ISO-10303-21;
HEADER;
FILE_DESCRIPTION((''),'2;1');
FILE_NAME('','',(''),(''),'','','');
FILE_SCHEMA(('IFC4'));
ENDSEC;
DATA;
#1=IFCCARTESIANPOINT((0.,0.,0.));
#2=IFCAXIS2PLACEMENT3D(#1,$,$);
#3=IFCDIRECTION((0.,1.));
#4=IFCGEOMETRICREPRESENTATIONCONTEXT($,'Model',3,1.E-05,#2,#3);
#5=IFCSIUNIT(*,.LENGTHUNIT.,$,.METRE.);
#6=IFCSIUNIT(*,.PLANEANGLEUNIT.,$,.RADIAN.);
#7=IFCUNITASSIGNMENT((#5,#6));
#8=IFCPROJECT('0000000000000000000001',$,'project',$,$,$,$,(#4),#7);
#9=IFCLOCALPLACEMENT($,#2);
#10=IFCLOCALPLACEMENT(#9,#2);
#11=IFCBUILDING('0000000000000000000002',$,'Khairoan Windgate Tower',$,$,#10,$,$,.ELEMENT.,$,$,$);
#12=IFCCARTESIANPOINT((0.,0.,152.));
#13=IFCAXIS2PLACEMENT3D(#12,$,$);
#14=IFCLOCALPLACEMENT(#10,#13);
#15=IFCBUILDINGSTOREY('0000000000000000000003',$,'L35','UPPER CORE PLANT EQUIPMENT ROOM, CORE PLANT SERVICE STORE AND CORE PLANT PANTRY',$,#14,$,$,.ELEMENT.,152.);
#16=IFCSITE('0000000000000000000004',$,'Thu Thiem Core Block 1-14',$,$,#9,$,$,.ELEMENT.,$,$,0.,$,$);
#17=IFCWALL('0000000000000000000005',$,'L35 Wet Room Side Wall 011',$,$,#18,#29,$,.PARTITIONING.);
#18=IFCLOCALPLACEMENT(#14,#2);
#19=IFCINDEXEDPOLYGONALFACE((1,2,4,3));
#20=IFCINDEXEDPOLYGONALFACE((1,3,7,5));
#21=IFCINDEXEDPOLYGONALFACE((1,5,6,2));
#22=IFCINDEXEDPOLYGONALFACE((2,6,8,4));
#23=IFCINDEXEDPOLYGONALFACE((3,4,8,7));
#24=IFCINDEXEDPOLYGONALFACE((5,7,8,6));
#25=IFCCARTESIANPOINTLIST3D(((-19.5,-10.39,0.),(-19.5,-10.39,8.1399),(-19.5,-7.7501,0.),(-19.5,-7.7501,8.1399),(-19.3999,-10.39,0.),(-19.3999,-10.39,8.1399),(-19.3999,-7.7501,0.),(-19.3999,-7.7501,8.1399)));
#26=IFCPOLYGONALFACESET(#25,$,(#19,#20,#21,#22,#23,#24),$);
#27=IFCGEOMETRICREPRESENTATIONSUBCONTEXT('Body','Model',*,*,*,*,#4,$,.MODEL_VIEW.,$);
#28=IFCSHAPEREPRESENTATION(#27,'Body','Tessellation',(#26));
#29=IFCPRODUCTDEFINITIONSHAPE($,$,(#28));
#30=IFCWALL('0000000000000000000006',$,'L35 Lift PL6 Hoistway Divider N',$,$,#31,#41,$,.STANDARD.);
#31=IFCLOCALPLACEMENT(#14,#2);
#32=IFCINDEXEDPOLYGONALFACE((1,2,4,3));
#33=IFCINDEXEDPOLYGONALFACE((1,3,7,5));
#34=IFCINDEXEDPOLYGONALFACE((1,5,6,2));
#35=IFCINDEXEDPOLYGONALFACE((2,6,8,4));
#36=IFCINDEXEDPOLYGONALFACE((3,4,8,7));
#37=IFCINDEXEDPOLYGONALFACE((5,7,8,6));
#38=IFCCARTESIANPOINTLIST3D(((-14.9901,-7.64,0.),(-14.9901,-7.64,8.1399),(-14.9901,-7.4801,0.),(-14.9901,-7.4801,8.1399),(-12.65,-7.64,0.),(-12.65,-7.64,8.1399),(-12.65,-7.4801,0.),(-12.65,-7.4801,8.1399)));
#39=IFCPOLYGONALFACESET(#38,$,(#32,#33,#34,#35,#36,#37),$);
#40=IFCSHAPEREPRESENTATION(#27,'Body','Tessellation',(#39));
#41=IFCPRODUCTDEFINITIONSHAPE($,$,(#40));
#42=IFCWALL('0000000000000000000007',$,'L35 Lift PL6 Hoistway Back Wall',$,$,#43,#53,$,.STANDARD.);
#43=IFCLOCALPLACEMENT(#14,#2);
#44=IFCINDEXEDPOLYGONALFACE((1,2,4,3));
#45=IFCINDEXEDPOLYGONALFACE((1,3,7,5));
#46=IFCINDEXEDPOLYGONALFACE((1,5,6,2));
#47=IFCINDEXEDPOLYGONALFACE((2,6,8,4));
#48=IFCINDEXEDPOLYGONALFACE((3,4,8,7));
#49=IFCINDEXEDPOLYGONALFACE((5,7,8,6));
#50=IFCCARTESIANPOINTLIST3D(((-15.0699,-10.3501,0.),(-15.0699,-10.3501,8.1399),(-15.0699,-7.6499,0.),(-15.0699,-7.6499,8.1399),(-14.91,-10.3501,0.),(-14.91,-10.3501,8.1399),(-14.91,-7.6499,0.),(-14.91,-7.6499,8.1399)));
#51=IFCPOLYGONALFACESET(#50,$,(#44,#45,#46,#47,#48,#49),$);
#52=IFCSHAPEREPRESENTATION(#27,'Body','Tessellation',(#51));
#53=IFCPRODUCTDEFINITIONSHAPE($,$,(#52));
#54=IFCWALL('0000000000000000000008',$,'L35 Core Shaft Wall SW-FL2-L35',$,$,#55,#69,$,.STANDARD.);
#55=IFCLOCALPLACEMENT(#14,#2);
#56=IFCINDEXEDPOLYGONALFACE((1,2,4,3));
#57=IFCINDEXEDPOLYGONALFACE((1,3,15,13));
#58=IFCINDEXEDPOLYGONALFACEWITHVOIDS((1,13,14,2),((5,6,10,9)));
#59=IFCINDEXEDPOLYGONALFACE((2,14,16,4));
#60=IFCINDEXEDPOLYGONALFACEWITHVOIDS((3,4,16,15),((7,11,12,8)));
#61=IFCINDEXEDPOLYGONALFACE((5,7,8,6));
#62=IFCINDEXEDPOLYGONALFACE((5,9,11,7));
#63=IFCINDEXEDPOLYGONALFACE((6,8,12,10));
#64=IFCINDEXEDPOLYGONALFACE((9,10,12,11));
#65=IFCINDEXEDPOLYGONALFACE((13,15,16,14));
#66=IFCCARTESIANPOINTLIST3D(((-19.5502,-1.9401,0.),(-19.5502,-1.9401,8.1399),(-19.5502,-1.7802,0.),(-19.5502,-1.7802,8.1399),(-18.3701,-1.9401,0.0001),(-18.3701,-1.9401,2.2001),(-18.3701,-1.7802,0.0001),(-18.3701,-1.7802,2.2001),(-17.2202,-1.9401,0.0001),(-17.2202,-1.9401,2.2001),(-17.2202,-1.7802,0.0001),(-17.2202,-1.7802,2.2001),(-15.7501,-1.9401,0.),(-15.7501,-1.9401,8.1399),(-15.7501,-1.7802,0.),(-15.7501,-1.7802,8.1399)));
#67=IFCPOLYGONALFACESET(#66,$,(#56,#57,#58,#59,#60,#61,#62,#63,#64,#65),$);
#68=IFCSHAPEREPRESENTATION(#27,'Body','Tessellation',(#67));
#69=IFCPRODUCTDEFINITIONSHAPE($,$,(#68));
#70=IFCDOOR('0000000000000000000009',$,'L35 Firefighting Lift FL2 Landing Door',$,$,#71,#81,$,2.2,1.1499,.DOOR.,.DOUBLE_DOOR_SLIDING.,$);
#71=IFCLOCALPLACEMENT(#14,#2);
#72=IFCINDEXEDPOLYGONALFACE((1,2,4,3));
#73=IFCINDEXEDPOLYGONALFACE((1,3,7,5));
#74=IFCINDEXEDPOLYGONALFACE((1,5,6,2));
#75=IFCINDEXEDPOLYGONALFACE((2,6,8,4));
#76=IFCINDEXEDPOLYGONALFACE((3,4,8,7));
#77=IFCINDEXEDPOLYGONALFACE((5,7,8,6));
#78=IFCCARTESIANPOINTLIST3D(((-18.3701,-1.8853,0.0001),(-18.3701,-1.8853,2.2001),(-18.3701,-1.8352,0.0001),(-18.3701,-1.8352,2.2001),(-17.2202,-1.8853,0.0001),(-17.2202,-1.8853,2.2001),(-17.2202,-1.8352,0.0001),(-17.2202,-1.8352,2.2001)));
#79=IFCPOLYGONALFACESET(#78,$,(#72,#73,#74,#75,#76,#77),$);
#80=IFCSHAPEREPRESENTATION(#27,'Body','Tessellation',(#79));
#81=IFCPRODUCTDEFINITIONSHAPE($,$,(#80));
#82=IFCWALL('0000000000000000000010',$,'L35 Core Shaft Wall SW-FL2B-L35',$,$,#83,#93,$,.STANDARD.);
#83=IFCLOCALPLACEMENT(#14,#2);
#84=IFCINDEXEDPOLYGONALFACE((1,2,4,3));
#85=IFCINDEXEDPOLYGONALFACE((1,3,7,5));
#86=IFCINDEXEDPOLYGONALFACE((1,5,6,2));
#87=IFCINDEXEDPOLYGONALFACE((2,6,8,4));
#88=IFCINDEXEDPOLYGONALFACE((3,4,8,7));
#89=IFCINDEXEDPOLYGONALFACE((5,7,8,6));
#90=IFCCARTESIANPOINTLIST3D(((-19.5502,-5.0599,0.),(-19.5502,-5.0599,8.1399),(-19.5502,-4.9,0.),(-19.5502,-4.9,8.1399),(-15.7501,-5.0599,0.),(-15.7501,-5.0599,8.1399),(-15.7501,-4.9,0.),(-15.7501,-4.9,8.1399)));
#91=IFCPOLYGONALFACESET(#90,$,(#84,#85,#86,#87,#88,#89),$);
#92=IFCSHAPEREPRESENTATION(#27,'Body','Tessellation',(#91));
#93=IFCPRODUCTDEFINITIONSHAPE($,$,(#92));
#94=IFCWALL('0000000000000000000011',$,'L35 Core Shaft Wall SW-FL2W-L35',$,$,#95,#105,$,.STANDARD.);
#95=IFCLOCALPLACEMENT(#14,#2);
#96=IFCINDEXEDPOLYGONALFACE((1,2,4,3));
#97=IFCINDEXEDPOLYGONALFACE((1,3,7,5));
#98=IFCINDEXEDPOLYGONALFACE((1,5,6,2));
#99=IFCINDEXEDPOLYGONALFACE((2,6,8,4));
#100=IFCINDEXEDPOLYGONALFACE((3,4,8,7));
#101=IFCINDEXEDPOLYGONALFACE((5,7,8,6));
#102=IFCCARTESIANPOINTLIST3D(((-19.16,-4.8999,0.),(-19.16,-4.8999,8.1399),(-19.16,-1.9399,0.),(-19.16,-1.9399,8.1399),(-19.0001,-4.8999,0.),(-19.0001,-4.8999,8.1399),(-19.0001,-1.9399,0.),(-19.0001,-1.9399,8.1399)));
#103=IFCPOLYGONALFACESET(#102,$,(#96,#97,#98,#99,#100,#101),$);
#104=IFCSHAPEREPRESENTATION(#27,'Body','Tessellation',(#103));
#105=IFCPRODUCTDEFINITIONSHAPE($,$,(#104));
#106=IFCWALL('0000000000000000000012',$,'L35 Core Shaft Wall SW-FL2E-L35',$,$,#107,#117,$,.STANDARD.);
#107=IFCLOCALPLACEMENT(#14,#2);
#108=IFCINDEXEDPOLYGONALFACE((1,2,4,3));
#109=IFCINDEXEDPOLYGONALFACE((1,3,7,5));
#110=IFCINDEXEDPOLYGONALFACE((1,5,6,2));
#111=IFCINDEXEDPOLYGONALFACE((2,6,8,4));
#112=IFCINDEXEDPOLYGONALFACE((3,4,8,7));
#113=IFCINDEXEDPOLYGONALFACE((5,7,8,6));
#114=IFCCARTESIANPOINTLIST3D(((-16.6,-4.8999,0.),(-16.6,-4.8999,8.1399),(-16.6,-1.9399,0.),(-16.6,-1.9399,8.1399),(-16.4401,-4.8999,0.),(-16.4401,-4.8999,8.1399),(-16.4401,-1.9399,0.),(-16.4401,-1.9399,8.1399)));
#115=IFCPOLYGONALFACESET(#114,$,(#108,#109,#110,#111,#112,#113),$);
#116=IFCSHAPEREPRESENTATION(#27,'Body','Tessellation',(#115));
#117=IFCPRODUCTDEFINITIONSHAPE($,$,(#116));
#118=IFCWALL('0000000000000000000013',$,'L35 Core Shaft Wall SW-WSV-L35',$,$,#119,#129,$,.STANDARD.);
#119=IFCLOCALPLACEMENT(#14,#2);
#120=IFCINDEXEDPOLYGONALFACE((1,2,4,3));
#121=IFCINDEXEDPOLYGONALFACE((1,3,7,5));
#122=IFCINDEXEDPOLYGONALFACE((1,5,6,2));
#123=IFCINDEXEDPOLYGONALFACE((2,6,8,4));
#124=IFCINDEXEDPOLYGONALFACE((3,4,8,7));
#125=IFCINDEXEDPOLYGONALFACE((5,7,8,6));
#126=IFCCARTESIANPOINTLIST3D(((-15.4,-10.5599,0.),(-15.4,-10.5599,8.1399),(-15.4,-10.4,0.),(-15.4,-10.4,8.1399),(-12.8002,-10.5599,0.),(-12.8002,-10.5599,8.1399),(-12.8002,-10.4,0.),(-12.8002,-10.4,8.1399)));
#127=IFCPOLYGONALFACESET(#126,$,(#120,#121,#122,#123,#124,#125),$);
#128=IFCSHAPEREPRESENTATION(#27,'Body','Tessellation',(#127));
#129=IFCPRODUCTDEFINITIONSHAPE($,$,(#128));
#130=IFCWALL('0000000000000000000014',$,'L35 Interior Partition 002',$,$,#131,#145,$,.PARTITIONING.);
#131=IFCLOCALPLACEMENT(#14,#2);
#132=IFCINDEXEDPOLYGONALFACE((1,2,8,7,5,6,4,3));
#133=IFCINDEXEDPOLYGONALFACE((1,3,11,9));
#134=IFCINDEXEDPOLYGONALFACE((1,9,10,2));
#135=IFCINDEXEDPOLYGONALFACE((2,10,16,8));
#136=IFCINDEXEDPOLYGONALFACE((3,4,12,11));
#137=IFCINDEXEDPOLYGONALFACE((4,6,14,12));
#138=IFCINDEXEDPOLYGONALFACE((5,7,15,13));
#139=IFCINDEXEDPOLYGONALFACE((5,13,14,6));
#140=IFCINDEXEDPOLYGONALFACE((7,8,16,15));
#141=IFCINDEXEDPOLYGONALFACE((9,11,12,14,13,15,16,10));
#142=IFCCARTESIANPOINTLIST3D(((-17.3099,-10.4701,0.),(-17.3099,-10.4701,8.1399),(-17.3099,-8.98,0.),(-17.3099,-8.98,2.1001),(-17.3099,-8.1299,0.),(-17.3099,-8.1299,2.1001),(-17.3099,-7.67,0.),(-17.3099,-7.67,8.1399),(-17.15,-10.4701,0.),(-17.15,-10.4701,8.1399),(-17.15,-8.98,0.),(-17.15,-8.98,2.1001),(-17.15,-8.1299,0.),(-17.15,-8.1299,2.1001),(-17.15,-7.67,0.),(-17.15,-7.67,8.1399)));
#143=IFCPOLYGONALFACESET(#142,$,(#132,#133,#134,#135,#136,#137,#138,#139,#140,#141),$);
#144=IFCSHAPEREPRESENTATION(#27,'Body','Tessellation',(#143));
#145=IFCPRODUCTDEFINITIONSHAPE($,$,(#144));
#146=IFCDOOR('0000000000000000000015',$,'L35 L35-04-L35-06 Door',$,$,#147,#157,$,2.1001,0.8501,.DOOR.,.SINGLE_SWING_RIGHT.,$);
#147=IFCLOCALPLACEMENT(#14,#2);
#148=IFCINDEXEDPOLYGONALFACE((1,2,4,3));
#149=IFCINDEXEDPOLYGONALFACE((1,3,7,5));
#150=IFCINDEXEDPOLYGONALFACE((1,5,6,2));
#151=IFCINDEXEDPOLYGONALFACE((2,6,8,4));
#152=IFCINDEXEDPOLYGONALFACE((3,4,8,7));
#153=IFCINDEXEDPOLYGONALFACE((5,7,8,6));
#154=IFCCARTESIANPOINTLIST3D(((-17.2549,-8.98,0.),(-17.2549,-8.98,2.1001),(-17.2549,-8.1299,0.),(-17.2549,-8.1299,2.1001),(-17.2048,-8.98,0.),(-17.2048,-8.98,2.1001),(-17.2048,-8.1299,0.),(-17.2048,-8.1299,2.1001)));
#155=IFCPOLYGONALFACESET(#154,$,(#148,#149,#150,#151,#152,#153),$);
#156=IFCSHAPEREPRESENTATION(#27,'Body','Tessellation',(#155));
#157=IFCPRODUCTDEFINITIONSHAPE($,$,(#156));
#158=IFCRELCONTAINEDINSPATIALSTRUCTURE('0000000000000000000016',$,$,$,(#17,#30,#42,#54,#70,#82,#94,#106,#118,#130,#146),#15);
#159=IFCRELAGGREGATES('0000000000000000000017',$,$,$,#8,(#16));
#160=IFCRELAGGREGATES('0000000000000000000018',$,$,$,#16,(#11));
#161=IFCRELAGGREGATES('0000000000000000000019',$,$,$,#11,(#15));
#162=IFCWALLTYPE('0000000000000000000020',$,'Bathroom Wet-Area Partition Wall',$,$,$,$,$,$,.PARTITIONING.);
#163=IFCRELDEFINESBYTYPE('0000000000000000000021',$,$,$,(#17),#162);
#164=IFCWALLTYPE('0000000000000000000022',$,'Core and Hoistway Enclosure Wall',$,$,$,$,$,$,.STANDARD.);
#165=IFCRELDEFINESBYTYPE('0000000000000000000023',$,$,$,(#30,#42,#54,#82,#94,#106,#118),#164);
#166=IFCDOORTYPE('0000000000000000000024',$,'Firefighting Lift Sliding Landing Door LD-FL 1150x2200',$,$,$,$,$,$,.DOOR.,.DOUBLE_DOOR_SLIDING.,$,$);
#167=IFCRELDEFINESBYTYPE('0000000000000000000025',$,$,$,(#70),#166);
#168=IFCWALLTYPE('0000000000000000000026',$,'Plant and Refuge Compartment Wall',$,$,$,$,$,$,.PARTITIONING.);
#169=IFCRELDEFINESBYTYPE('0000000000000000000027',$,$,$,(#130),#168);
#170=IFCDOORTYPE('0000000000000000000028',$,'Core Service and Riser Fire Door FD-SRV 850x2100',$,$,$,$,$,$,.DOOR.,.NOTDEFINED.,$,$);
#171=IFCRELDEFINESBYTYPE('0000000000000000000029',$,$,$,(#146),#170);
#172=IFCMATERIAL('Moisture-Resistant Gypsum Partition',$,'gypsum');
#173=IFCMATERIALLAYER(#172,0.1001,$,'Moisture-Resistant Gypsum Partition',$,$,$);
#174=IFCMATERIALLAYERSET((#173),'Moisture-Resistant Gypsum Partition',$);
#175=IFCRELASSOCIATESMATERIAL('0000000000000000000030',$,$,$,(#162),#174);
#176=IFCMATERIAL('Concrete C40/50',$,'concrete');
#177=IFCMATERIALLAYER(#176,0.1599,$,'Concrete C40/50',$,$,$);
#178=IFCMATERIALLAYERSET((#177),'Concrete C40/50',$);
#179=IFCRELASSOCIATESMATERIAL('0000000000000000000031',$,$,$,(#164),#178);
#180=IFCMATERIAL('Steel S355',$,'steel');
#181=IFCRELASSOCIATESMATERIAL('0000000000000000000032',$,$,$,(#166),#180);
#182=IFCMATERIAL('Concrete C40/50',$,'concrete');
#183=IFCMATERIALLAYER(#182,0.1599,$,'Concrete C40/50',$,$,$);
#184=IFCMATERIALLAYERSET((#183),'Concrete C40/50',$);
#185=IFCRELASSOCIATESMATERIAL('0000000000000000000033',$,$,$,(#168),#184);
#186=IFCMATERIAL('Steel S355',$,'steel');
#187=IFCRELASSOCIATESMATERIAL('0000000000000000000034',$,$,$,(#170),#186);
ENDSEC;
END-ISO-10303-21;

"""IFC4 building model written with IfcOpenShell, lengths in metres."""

from ifc_helpers import new_model, si_unit, direction, frame, frame_2d, origin, place, context, subcontext, project, spatial, rectangle, extrude, material, layer, layer_set, type_object, element, fill, save


model = new_model("IFC4")

# Units and contexts
model_context = context("Model", 3, precision=1e-05, world=origin(), true_north=direction((0.0, 1.0)))
body_context = subcontext(model_context, "Body", "Model", "MODEL_VIEW")
ifc_project = project(units=[si_unit("LENGTHUNIT", "METRE"), si_unit("PLANEANGLEUNIT", "RADIAN")], contexts=[model_context])

# Site, building, storey
site_placement = place(None, origin())
site = spatial("IfcSite", under=ifc_project, at=site_placement, Name="Thu Thiem Core Block 1-14", CompositionType="ELEMENT", RefElevation=0.0)
building_placement = place(site_placement, origin())
building = spatial("IfcBuilding", under=site, at=building_placement, Name="Khairoan Windgate Tower", CompositionType="ELEMENT")
storey_placement = place(building_placement, frame((0.0, 0.0, 152.0)))
storey = spatial("IfcBuildingStorey", under=building, at=storey_placement, Name="L35", Description="UPPER CORE PLANT EQUIPMENT ROOM, CORE PLANT SERVICE STORE AND CORE PLANT PANTRY", CompositionType="ELEMENT", Elevation=152.0)

# Walls
ifc_material_1 = material(Name="Moisture-Resistant Gypsum Partition", Category="gypsum")
ifc_layer_1 = layer(ifc_material_1, 0.1001, Name="Moisture-Resistant Gypsum Partition")
ifc_layer_set_1 = layer_set([ifc_layer_1], Name="Moisture-Resistant Gypsum Partition")
wall_type_1 = type_object("IfcWallType", Name="Bathroom Wet-Area Partition Wall", PredefinedType="PARTITIONING", material=ifc_layer_set_1)
wall_1_placement = place(storey_placement, frame((-19.45, -10.3899, 0.0), z_axis=(0.0, 0.0, 1.0), x_axis=(0.0, 1.0, 0.0)))
element("IfcWall", 1, at=wall_1_placement, inside=storey, type_object=wall_type_1, Name="L35 Wet Room Side Wall 011", PredefinedType="PARTITIONING", context=body_context, shape_type="SweptSolid", body=[
    extrude(rectangle(XDim=2.6399, YDim=0.1001, at=frame_2d((1.3198, 0.0))), origin(), (0.0, 0.0, 1.0), 8.1399),
])
ifc_material_2 = material(Name="Concrete C40/50", Category="concrete")
ifc_layer_2 = layer(ifc_material_2, 0.1599, Name="Concrete C40/50")
ifc_layer_set_2 = layer_set([ifc_layer_2], Name="Concrete C40/50")
wall_type_2 = type_object("IfcWallType", Name="Core and Hoistway Enclosure Wall", PredefinedType="STANDARD", material=ifc_layer_set_2)
wall_2_placement = place(storey_placement, frame((-14.99, -7.5601, 0.0), z_axis=(0.0, 0.0, 1.0), x_axis=(1.0, 0.0, 0.0)))
element("IfcWall", 2, at=wall_2_placement, inside=storey, type_object=wall_type_2, Name="L35 Lift PL6 Hoistway Divider N", PredefinedType="STANDARD", context=body_context, shape_type="SweptSolid", body=[
    extrude(rectangle(XDim=2.3401, YDim=0.1599, at=frame_2d((1.1699, 0.0))), origin(), (0.0, 0.0, 1.0), 8.1399),
])
wall_3_placement = place(storey_placement, frame((-14.99, -10.3501, 0.0), z_axis=(0.0, 0.0, 1.0), x_axis=(0.0, 1.0, 0.0)))
element("IfcWall", 3, at=wall_3_placement, inside=storey, type_object=wall_type_2, Name="L35 Lift PL6 Hoistway Back Wall", PredefinedType="STANDARD", context=body_context, shape_type="SweptSolid", body=[
    extrude(rectangle(XDim=2.7002, YDim=0.1599, at=frame_2d((1.3501, 0.0))), origin(), (0.0, 0.0, 1.0), 8.1399),
])

# Wall, opening, door
wall_4_placement = place(storey_placement, frame((-19.55, -1.8601, 0.0), z_axis=(0.0, 0.0, 1.0), x_axis=(1.0, 0.0, 0.0)))
wall_4 = element("IfcWall", 4, at=wall_4_placement, inside=storey, type_object=wall_type_2, Name="L35 Core Shaft Wall SW-FL2-L35", PredefinedType="STANDARD", context=body_context, shape_type="SweptSolid", body=[
    extrude(rectangle(XDim=3.8, YDim=0.1599, at=frame_2d((1.8999, 0.0))), origin(), (0.0, 0.0, 1.0), 8.1399),
])
opening_1_placement = place(wall_4_placement, frame((1.1799, 0.0, 0.0)))
opening_1 = element("IfcOpeningElement", 5, at=opening_1_placement, cuts=wall_4, PredefinedType="OPENING", context=body_context, shape_type="SweptSolid", body=[
    extrude(rectangle(XDim=1.1499, YDim=2.2, at=frame_2d((0.575, 1.1001))), frame((0.0, 0.0898, 0.0), z_axis=(0.0, -1.0, 0.0), x_axis=(1.0, 0.0, 0.0)), (0.0, 0.0, 1.0), 0.1799),
])
ifc_material_3 = material(Name="Steel S355", Category="steel")
door_type_1 = type_object("IfcDoorType", Name="Firefighting Lift Sliding Landing Door LD-FL 1150x2200", OperationType="DOUBLE_DOOR_SLIDING", PredefinedType="DOOR", material=ifc_material_3)
door_1_placement = place(opening_1_placement, origin())
door_1 = element("IfcDoor", 6, at=door_1_placement, inside=storey, type_object=door_type_1, Name="L35 Firefighting Lift FL2 Landing Door", OperationType="DOUBLE_DOOR_SLIDING", OverallHeight=2.2, OverallWidth=1.1499, PredefinedType="DOOR", context=body_context, shape_type="SweptSolid", body=[
    extrude(rectangle(XDim=1.1499, YDim=2.2, at=frame_2d((0.575, 1.1001))), frame((0.0, 0.0249, 0.0), z_axis=(0.0, -1.0, 0.0), x_axis=(1.0, 0.0, 0.0)), (0.0, 0.0, 1.0), 0.05),
])
fill(opening_1, door_1)

# Walls
wall_5_placement = place(storey_placement, frame((-19.55, -4.98, 0.0), z_axis=(0.0, 0.0, 1.0), x_axis=(1.0, 0.0, 0.0)))
element("IfcWall", 7, at=wall_5_placement, inside=storey, type_object=wall_type_2, Name="L35 Core Shaft Wall SW-FL2B-L35", PredefinedType="STANDARD", context=body_context, shape_type="SweptSolid", body=[
    extrude(rectangle(XDim=3.8, YDim=0.1599, at=frame_2d((1.8999, 0.0))), origin(), (0.0, 0.0, 1.0), 8.1399),
])
for number, where, z_axis, x_axis, name in (
    (8, (-19.0801, -4.8999, 0.0), (0.0, 0.0, 1.0), (0.0, 1.0, 0.0), "L35 Core Shaft Wall SW-FL2W-L35"),
    (9, (-16.52, -4.8999, 0.0), (0.0, 0.0, 1.0), (0.0, 1.0, 0.0), "L35 Core Shaft Wall SW-FL2E-L35"),
):
    element("IfcWall", number, at=place(storey_placement, frame(where, z_axis=z_axis, x_axis=x_axis)), inside=storey, type_object=wall_type_2, Name=name, PredefinedType="STANDARD", context=body_context, shape_type="SweptSolid", body=[
        extrude(rectangle(XDim=2.96, YDim=0.1599, at=frame_2d((1.48, 0.0))), origin(), (0.0, 0.0, 1.0), 8.1399),
    ])
wall_6_placement = place(storey_placement, frame((-15.3999, -10.48, 0.0), z_axis=(0.0, 0.0, 1.0), x_axis=(1.0, 0.0, 0.0)))
element("IfcWall", 10, at=wall_6_placement, inside=storey, type_object=wall_type_2, Name="L35 Core Shaft Wall SW-WSV-L35", PredefinedType="STANDARD", context=body_context, shape_type="SweptSolid", body=[
    extrude(rectangle(XDim=2.5999, YDim=0.1599, at=frame_2d((1.2998, 0.0))), origin(), (0.0, 0.0, 1.0), 8.1399),
])

# Wall, opening, door
ifc_material_4 = material(Name="Concrete C40/50", Category="concrete")
ifc_layer_3 = layer(ifc_material_4, 0.1599, Name="Concrete C40/50")
ifc_layer_set_3 = layer_set([ifc_layer_3], Name="Concrete C40/50")
wall_type_3 = type_object("IfcWallType", Name="Plant and Refuge Compartment Wall", PredefinedType="PARTITIONING", material=ifc_layer_set_3)
wall_7_placement = place(storey_placement, frame((-17.23, -10.47, 0.0), z_axis=(0.0, 0.0, 1.0), x_axis=(0.0, 1.0, 0.0)))
wall_7 = element("IfcWall", 11, at=wall_7_placement, inside=storey, type_object=wall_type_3, Name="L35 Interior Partition 002", PredefinedType="PARTITIONING", context=body_context, shape_type="SweptSolid", body=[
    extrude(rectangle(XDim=2.8, YDim=0.1599, at=frame_2d((1.3999, 0.0))), origin(), (0.0, 0.0, 1.0), 8.1399),
])
opening_2_placement = place(wall_7_placement, frame((1.49, 0.0, 0.0)))
opening_2 = element("IfcOpeningElement", 12, at=opening_2_placement, cuts=wall_7, PredefinedType="OPENING", context=body_context, shape_type="SweptSolid", body=[
    extrude(rectangle(XDim=0.8501, YDim=2.1001, at=frame_2d((0.425, 1.05))), frame((0.0, 0.0898, 0.0), z_axis=(0.0, -1.0, 0.0), x_axis=(1.0, 0.0, 0.0)), (0.0, 0.0, 1.0), 0.1799),
])
ifc_material_5 = material(Name="Steel S355", Category="steel")
door_type_2 = type_object("IfcDoorType", Name="Core Service and Riser Fire Door FD-SRV 850x2100", OperationType="NOTDEFINED", PredefinedType="DOOR", material=ifc_material_5)
door_2_placement = place(opening_2_placement, origin())
door_2 = element("IfcDoor", 13, at=door_2_placement, inside=storey, type_object=door_type_2, Name="L35 L35-04-L35-06 Door", OperationType="SINGLE_SWING_RIGHT", OverallHeight=2.1001, OverallWidth=0.8501, PredefinedType="DOOR", context=body_context, shape_type="SweptSolid", body=[
    extrude(rectangle(XDim=0.8501, YDim=2.1001, at=frame_2d((0.425, 1.05))), frame((0.0, 0.0249, 0.0), z_axis=(0.0, -1.0, 0.0), x_axis=(1.0, 0.0, 0.0)), (0.0, 0.0, 1.0), 0.05),
])
fill(opening_2, door_2)

save(model, "model.ifc")
